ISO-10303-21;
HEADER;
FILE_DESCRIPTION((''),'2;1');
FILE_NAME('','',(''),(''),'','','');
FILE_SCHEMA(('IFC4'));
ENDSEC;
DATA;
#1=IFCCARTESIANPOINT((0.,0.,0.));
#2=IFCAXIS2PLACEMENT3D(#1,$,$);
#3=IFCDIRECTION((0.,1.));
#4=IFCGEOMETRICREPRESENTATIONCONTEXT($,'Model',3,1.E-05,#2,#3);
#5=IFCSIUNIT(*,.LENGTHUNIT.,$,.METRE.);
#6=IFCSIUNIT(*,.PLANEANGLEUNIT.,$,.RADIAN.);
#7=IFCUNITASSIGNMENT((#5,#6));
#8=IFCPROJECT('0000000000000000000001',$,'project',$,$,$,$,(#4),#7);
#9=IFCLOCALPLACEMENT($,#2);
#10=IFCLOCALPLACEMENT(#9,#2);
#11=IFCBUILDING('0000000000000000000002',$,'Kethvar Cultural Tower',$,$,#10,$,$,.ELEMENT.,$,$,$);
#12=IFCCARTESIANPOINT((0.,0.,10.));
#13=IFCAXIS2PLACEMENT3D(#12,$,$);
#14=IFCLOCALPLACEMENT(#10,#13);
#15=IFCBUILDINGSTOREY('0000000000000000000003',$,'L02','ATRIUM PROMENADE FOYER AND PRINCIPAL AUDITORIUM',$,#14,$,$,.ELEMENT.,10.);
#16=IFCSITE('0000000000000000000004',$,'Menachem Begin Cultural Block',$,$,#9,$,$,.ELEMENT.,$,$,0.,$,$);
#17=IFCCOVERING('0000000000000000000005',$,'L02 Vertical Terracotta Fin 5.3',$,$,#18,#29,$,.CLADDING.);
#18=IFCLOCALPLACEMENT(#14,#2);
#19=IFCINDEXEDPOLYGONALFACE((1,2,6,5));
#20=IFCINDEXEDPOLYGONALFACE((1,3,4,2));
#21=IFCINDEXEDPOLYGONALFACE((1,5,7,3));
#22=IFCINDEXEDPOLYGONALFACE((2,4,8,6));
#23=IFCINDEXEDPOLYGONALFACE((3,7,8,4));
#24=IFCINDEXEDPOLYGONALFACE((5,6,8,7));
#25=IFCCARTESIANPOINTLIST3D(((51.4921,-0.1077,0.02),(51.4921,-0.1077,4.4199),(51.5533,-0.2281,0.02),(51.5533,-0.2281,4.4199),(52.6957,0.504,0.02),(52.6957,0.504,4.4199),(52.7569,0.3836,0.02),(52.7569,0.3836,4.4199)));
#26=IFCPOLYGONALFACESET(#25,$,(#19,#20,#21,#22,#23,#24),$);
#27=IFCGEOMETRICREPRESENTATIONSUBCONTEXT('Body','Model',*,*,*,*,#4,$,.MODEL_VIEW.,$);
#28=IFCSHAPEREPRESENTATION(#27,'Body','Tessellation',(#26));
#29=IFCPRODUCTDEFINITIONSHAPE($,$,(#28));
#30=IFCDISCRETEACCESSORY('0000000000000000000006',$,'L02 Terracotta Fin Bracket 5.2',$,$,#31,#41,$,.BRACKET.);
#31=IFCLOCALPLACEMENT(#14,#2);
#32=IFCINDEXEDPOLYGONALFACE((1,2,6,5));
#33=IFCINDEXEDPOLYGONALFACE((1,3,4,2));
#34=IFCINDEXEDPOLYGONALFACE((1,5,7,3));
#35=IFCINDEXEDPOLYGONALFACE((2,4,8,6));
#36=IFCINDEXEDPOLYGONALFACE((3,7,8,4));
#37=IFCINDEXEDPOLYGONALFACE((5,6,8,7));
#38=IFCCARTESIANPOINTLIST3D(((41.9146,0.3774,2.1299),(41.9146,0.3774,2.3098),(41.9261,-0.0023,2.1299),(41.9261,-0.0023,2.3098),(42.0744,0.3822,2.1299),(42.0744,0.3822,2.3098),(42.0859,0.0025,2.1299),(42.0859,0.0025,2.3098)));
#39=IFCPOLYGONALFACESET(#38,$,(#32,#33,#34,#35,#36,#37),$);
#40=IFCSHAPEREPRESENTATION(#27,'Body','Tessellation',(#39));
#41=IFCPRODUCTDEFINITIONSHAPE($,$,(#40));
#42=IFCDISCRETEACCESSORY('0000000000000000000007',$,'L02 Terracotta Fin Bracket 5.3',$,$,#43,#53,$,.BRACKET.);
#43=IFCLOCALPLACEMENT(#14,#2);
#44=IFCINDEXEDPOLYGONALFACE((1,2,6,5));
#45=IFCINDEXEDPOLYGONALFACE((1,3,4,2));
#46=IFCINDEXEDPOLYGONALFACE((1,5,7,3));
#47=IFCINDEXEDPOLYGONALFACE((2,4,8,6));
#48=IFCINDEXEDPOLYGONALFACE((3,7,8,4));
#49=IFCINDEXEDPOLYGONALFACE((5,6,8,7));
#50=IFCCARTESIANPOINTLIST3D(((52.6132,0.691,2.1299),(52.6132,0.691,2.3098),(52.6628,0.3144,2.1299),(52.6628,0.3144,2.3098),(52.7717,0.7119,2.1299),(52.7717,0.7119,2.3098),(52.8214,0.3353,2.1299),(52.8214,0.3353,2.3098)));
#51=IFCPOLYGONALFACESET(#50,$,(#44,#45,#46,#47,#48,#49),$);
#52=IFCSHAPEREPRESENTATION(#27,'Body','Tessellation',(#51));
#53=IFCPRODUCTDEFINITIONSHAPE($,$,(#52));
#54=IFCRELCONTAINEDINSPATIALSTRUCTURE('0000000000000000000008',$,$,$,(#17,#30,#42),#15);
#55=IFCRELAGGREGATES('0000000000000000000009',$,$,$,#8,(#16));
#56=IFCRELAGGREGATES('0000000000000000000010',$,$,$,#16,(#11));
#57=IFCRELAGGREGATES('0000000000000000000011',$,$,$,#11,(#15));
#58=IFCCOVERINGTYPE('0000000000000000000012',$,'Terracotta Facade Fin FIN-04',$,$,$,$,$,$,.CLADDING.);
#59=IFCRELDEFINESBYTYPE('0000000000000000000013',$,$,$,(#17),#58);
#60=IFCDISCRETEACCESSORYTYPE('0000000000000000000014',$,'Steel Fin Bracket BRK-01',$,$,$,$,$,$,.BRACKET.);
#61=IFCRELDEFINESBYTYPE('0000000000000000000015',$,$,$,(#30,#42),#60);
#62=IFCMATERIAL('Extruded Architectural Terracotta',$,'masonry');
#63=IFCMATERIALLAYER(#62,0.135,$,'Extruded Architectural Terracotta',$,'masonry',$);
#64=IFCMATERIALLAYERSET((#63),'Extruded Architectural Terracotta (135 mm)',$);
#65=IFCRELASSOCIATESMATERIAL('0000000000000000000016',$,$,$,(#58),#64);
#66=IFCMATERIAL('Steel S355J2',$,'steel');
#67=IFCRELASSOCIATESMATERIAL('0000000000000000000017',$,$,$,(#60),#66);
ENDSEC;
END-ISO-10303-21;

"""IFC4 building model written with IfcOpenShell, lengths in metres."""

from ifc_helpers import new_model, si_unit, direction, frame, origin, origin_2d, place, context, subcontext, project, spatial, rectangle, extrude, source, transform, mapped, material, layer, layer_set, type_object, element, save


model = new_model("IFC4")

# Units and contexts
model_context = context("Model", 3, precision=1e-05, world=origin(), true_north=direction((0.0, 1.0)))
body_context = subcontext(model_context, "Body", "Model", "MODEL_VIEW")
ifc_project = project(units=[si_unit("LENGTHUNIT", "METRE"), si_unit("PLANEANGLEUNIT", "RADIAN")], contexts=[model_context])

# Site, building, storey
site_placement = place(None, origin())
site = spatial("IfcSite", under=ifc_project, at=site_placement, Name="Menachem Begin Cultural Block", CompositionType="ELEMENT", RefElevation=0.0)
building_placement = place(site_placement, origin())
building = spatial("IfcBuilding", under=site, at=building_placement, Name="Kethvar Cultural Tower", CompositionType="ELEMENT")
storey_placement = place(building_placement, frame((0.0, 0.0, 10.0)))
storey = spatial("IfcBuildingStorey", under=building, at=storey_placement, Name="L02", Description="ATRIUM PROMENADE FOYER AND PRINCIPAL AUDITORIUM", CompositionType="ELEMENT", Elevation=10.0)

# Shared definitions
ifc_material_1 = material(Name="Steel S355J2", Category="steel")

# Covering
ifc_material_2 = material(Name="Extruded Architectural Terracotta", Category="masonry")
ifc_layer_1 = layer(ifc_material_2, 0.135, Name="Extruded Architectural Terracotta", Category="masonry")
ifc_layer_set_1 = layer_set([ifc_layer_1], Name="Extruded Architectural Terracotta (135 mm)")
covering_type = type_object("IfcCoveringType", Name="Terracotta Facade Fin FIN-04", PredefinedType="CLADDING", material=ifc_layer_set_1)
shared_shape_1 = source(origin(), body_context, "Body", "SweptSolid", [
    extrude(rectangle(XDim=1.3501, YDim=0.135, at=origin_2d()), origin(), (0.0, 0.0, 1.0), 4.3999),
])
covering_placement = place(storey_placement, frame((52.1245, 0.1379, 0.02), z_axis=(0.0, 0.0, 1.0), x_axis=(-0.891481, -0.453057, 0.0)))
element("IfcCovering", 1, at=covering_placement, inside=storey, type_object=covering_type, Name="L02 Vertical Terracotta Fin 5.3", PredefinedType="CLADDING", context=body_context, shape_type="MappedRepresentation", body=[
    mapped(shared_shape_1, transform((0.0, 0.0, 0.0), scale=1.0)),
])

# Discrete accessories
discrete_accessory_type = type_object("IfcDiscreteAccessoryType", Name="Steel Fin Bracket BRK-01", PredefinedType="BRACKET", material=ifc_material_1)
shared_shape_2 = source(origin(), body_context, "Body", "SweptSolid", [
    extrude(rectangle(XDim=0.3799, YDim=0.1599, at=origin_2d()), origin(), (0.0, 0.0, 1.0), 0.1799),
])
for number, where, z_axis, x_axis, name in (
    (2, (42.0002, 0.1899, 2.1299), (0.0, 0.0, 1.0), (0.03019, -0.999544, 0.0), "L02 Terracotta Fin Bracket 5.2"),
    (3, (52.7173, 0.5132, 2.1299), (0.0, 0.0, 1.0), (0.130699, -0.991422, 0.0), "L02 Terracotta Fin Bracket 5.3"),
):
    element("IfcDiscreteAccessory", number, at=place(storey_placement, frame(where, z_axis=z_axis, x_axis=x_axis)), inside=storey, type_object=discrete_accessory_type, Name=name, PredefinedType="BRACKET", context=body_context, shape_type="MappedRepresentation", body=[
        mapped(shared_shape_2, transform((0.0, 0.0, 0.0), scale=1.0)),
    ])

save(model, "model.ifc")
